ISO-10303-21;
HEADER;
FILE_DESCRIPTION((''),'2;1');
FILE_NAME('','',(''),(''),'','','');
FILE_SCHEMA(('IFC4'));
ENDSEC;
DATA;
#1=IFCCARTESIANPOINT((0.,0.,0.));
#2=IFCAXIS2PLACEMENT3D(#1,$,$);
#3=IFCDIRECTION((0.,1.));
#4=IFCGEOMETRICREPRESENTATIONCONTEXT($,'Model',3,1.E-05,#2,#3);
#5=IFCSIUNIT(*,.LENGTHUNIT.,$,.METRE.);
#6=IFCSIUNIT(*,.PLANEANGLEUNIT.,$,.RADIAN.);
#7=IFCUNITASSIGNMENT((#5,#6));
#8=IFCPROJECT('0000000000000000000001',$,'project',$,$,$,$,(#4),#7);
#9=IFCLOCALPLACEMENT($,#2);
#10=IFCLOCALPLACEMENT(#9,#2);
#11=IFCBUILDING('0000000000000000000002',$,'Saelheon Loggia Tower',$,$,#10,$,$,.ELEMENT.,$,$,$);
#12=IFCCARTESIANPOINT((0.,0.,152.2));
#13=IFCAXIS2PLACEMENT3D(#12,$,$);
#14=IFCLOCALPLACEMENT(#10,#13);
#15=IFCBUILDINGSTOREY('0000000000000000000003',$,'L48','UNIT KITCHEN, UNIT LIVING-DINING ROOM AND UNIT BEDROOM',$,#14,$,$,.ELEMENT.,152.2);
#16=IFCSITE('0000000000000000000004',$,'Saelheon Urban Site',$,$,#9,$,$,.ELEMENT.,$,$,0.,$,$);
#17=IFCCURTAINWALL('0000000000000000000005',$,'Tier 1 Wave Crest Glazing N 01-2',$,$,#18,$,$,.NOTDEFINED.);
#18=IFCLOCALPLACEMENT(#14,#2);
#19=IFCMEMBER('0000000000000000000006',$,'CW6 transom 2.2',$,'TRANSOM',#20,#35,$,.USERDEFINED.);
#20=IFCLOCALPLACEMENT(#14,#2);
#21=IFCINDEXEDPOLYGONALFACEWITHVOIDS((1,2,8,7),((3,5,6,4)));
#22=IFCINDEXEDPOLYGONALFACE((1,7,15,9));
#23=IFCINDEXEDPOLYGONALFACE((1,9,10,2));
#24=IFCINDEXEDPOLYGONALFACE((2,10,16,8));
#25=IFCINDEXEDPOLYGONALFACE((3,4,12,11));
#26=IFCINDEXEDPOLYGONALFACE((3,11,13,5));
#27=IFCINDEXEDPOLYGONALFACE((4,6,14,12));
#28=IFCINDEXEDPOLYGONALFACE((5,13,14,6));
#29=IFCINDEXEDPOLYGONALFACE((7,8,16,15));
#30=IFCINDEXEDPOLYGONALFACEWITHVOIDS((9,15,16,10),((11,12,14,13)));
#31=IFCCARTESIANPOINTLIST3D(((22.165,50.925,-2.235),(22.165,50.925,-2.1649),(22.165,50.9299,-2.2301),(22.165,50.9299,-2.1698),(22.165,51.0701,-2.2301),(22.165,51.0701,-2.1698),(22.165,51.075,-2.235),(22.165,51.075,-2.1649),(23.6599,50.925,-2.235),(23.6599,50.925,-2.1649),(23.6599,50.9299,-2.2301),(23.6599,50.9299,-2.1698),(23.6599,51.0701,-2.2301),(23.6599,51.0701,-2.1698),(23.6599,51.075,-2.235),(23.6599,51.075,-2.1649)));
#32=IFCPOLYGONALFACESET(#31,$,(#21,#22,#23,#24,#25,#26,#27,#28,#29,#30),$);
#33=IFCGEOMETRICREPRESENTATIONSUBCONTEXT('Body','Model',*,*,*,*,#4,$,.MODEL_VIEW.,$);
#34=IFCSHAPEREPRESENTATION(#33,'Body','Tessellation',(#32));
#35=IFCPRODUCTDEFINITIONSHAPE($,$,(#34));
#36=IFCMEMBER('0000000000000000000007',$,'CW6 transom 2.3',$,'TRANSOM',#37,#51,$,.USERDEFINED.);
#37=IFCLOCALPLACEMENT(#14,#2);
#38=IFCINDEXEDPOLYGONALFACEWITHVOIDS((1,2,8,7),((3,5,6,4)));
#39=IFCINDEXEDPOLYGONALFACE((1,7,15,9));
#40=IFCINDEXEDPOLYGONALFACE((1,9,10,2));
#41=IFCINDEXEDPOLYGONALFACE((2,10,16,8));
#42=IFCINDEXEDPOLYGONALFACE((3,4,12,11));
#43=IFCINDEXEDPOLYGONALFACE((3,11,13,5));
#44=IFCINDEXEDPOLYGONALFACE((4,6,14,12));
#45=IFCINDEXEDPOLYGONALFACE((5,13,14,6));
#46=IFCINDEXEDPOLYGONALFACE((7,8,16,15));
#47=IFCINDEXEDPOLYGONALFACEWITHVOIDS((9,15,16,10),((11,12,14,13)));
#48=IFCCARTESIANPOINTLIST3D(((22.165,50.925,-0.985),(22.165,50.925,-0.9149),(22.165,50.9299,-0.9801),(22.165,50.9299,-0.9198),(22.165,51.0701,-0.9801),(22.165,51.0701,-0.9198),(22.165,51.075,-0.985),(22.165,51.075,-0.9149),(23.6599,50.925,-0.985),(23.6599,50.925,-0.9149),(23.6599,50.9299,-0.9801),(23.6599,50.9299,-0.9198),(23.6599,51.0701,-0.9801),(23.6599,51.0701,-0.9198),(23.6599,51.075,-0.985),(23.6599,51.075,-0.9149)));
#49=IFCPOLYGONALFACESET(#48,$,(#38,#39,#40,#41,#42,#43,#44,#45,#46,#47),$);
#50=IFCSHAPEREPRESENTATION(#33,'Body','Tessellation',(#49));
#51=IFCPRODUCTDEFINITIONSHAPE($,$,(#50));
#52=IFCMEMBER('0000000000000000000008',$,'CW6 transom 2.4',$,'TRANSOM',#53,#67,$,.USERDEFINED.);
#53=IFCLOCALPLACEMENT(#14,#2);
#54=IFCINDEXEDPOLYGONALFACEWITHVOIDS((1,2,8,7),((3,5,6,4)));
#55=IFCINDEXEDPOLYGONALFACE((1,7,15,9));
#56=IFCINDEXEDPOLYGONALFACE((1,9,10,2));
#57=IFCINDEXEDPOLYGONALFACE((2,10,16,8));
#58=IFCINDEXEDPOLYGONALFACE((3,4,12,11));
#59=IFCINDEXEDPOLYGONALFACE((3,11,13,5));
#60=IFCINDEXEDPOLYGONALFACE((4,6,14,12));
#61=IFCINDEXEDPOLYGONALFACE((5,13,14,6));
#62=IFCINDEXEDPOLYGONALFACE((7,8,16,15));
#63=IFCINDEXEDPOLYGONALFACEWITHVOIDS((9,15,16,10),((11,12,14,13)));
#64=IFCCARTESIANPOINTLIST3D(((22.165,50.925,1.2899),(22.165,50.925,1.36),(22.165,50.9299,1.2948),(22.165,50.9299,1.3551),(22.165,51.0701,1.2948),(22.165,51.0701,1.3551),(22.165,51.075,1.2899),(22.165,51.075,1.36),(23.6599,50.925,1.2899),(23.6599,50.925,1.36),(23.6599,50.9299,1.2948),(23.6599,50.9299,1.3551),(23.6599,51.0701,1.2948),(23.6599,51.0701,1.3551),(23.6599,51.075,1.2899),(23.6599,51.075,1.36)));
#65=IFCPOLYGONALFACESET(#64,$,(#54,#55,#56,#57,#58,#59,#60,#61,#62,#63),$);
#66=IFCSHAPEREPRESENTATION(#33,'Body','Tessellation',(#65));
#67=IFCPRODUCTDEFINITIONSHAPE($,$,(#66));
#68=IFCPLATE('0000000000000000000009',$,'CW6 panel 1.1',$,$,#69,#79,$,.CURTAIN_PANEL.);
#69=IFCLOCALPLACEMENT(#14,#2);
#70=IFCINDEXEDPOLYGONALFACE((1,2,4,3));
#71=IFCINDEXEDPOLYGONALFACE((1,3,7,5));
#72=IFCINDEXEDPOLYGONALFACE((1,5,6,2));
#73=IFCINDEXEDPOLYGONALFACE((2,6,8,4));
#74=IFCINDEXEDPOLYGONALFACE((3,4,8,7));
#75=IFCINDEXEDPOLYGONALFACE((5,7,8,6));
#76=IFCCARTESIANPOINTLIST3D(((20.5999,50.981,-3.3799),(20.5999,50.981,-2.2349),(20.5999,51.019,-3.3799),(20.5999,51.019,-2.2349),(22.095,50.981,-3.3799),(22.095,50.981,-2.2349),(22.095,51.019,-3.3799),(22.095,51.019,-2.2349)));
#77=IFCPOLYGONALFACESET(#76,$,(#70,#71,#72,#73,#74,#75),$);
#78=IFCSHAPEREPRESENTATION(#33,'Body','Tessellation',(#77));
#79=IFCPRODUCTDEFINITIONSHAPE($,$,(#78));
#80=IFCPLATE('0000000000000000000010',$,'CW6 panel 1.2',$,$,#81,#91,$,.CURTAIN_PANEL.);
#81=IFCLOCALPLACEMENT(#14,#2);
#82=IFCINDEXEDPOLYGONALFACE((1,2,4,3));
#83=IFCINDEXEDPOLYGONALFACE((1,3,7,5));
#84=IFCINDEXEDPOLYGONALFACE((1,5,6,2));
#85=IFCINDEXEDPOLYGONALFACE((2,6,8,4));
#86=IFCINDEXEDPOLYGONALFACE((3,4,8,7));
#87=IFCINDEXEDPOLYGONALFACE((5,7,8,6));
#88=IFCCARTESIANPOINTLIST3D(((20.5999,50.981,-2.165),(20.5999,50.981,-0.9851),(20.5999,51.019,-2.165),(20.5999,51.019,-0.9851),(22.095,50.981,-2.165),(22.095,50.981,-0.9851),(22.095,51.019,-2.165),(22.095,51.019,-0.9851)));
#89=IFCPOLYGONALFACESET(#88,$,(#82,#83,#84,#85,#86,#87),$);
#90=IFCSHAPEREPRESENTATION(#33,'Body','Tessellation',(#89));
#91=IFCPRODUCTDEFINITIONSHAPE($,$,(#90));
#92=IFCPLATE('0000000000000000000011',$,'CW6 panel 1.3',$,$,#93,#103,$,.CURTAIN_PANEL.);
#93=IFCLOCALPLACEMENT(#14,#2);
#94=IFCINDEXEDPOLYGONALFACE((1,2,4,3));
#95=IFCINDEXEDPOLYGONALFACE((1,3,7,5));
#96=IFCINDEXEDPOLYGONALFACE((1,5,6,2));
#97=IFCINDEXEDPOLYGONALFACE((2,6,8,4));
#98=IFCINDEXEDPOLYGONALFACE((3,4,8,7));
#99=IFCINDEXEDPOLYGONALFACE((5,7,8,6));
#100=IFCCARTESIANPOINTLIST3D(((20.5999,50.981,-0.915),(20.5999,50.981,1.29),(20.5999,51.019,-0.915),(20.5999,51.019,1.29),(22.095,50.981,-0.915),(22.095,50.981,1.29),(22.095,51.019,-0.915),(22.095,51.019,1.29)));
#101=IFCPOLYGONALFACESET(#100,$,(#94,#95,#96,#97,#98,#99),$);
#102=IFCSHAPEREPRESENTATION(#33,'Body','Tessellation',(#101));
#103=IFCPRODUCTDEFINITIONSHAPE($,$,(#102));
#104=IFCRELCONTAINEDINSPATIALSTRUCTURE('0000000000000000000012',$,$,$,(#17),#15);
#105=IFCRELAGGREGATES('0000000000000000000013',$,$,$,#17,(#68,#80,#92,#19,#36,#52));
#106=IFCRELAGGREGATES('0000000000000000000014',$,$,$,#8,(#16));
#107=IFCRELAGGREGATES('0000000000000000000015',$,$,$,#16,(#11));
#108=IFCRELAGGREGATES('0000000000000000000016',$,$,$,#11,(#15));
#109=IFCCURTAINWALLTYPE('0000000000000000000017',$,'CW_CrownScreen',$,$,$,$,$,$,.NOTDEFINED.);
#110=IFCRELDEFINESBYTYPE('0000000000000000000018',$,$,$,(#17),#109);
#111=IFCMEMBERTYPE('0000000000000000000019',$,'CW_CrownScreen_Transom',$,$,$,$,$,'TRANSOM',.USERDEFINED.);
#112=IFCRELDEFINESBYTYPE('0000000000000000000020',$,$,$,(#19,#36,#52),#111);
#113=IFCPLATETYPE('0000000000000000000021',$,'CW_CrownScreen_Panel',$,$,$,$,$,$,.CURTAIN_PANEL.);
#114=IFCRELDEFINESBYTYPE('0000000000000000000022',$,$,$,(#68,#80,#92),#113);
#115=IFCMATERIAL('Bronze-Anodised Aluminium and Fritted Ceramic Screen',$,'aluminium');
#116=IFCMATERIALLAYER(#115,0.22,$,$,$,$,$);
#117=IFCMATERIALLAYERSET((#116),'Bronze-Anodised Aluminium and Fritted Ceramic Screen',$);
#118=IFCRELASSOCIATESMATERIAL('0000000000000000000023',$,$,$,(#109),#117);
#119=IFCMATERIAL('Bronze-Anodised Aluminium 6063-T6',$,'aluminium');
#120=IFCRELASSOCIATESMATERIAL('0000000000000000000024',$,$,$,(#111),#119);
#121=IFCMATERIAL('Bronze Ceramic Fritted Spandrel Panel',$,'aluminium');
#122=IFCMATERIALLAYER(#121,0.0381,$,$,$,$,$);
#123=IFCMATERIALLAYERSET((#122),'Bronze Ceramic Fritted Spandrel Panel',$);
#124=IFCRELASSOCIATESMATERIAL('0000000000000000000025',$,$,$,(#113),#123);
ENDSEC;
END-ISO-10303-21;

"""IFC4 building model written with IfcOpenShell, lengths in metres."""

from ifc_helpers import new_model, si_unit, direction, frame, origin, origin_2d, place, context, subcontext, project, spatial, rectangle, hollow_rectangle, extrude, source, transform, mapped, material, layer, layer_set, material_profile, profile_set, type_object, element, aggregate, save


model = new_model("IFC4")

# Units and contexts
model_context = context("Model", 3, precision=1e-05, world=origin(), true_north=direction((0.0, 1.0)))
body_context = subcontext(model_context, "Body", "Model", "MODEL_VIEW")
ifc_project = project(units=[si_unit("LENGTHUNIT", "METRE"), si_unit("PLANEANGLEUNIT", "RADIAN")], contexts=[model_context])

# Site, building, storey
site_placement = place(None, origin())
site = spatial("IfcSite", under=ifc_project, at=site_placement, Name="Saelheon Urban Site", CompositionType="ELEMENT", RefElevation=0.0)
building_placement = place(site_placement, origin())
building = spatial("IfcBuilding", under=site, at=building_placement, Name="Saelheon Loggia Tower", CompositionType="ELEMENT")
storey_placement = place(building_placement, frame((0.0, 0.0, 152.2)))
storey = spatial("IfcBuildingStorey", under=building, at=storey_placement, Name="L48", Description="UNIT KITCHEN, UNIT LIVING-DINING ROOM AND UNIT BEDROOM", CompositionType="ELEMENT", Elevation=152.2)

# Curtain wall, members, plates
ifc_material_1 = material(Name="Bronze-Anodised Aluminium and Fritted Ceramic Screen", Category="aluminium")
ifc_layer_1 = layer(ifc_material_1, 0.22)
ifc_layer_set_1 = layer_set([ifc_layer_1], Name="Bronze-Anodised Aluminium and Fritted Ceramic Screen")
curtain_wall_type = type_object("IfcCurtainWallType", Name="CW_CrownScreen", PredefinedType="NOTDEFINED", material=ifc_layer_set_1)
curtain_wall_placement = place(storey_placement, origin())
curtain_wall = element("IfcCurtainWall", 1, at=curtain_wall_placement, inside=storey, type_object=curtain_wall_type, Name="Tier 1 Wave Crest Glazing N 01-2", PredefinedType="NOTDEFINED")
ifc_material_2 = material(Name="Bronze-Anodised Aluminium 6063-T6", Category="aluminium")
ifc_material_profile_1 = material_profile(ifc_material_2, hollow_rectangle(XDim=0.0701, YDim=0.1499, WallThickness=0.0049, at=origin_2d()), Name="RHS-150x70x5")
ifc_profile_set_1 = profile_set([ifc_material_profile_1], Name="Bronze-Anodised Aluminium 6063-T6")
member_type_1 = type_object("IfcMemberType", Name="CW_CrownScreen_Transom", ElementType="TRANSOM", PredefinedType="USERDEFINED", material=ifc_profile_set_1)
shared_shape_1 = source(origin(), body_context, "Body", "SweptSolid", [
    extrude(hollow_rectangle(XDim=0.0701, YDim=0.1499, WallThickness=0.0049, at=origin_2d()), origin(), (0.0, 0.0, 1.0), 1.4949),
])
member_1_placement = place(storey_placement, frame((22.165, 51.0, -2.2), z_axis=(1.0, 0.0, 0.0), x_axis=(0.0, 0.0, 1.0)))
member_1 = element("IfcMember", 2, at=member_1_placement, type_object=member_type_1, Name="CW6 transom 2.2", ObjectType="TRANSOM", PredefinedType="USERDEFINED", context=body_context, shape_type="MappedRepresentation", body=[
    mapped(shared_shape_1, transform((0.0, 0.0, 0.0), scale=1.0)),
])
member_2_placement = place(storey_placement, frame((22.165, 51.0, -0.95), z_axis=(1.0, 0.0, 0.0), x_axis=(0.0, 0.0, 1.0)))
member_2 = element("IfcMember", 3, at=member_2_placement, type_object=member_type_1, Name="CW6 transom 2.3", ObjectType="TRANSOM", PredefinedType="USERDEFINED", context=body_context, shape_type="MappedRepresentation", body=[
    mapped(shared_shape_1, transform((0.0, 0.0, 0.0), scale=1.0)),
])
member_3_placement = place(storey_placement, frame((22.165, 51.0, 1.325), z_axis=(1.0, 0.0, 0.0), x_axis=(0.0, 0.0, 1.0)))
member_3 = element("IfcMember", 4, at=member_3_placement, type_object=member_type_1, Name="CW6 transom 2.4", ObjectType="TRANSOM", PredefinedType="USERDEFINED", context=body_context, shape_type="MappedRepresentation", body=[
    mapped(shared_shape_1, transform((0.0, 0.0, 0.0), scale=1.0)),
])
ifc_material_3 = material(Name="Bronze Ceramic Fritted Spandrel Panel", Category="aluminium")
ifc_layer_2 = layer(ifc_material_3, 0.0381)
ifc_layer_set_2 = layer_set([ifc_layer_2], Name="Bronze Ceramic Fritted Spandrel Panel")
plate_type = type_object("IfcPlateType", Name="CW_CrownScreen_Panel", PredefinedType="CURTAIN_PANEL", material=ifc_layer_set_2)
shared_shape_2 = source(origin(), body_context, "Body", "SweptSolid", [
    extrude(rectangle(XDim=1.4951, YDim=0.0381, at=origin_2d()), origin(), (0.0, 0.0, 1.0), 1.145),
])
plate_1_placement = place(storey_placement, frame((21.3474, 51.0, -3.3799), z_axis=(0.0, 0.0, 1.0), x_axis=(1.0, 0.0, 0.0)))
plate_1 = element("IfcPlate", 5, at=plate_1_placement, type_object=plate_type, Name="CW6 panel 1.1", PredefinedType="CURTAIN_PANEL", context=body_context, shape_type="MappedRepresentation", body=[
    mapped(shared_shape_2, transform((0.0, 0.0, 0.0), scale=1.0)),
])
shared_shape_3 = source(origin(), body_context, "Body", "SweptSolid", [
    extrude(rectangle(XDim=1.4951, YDim=0.0381, at=origin_2d()), origin(), (0.0, 0.0, 1.0), 1.1799),
])
plate_2_placement = place(storey_placement, frame((21.3474, 51.0, -2.165), z_axis=(0.0, 0.0, 1.0), x_axis=(1.0, 0.0, 0.0)))
plate_2 = element("IfcPlate", 6, at=plate_2_placement, type_object=plate_type, Name="CW6 panel 1.2", PredefinedType="CURTAIN_PANEL", context=body_context, shape_type="MappedRepresentation", body=[
    mapped(shared_shape_3, transform((0.0, 0.0, 0.0), scale=1.0)),
])
shared_shape_4 = source(origin(), body_context, "Body", "SweptSolid", [
    extrude(rectangle(XDim=1.4951, YDim=0.0381, at=origin_2d()), origin(), (0.0, 0.0, 1.0), 2.2051),
])
plate_3_placement = place(storey_placement, frame((21.3474, 51.0, -0.915), z_axis=(0.0, 0.0, 1.0), x_axis=(1.0, 0.0, 0.0)))
plate_3 = element("IfcPlate", 7, at=plate_3_placement, type_object=plate_type, Name="CW6 panel 1.3", PredefinedType="CURTAIN_PANEL", context=body_context, shape_type="MappedRepresentation", body=[
    mapped(shared_shape_4, transform((0.0, 0.0, 0.0), scale=1.0)),
])
aggregate(curtain_wall, [plate_1, plate_2, plate_3, member_1, member_2, member_3])

save(model, "model.ifc")
